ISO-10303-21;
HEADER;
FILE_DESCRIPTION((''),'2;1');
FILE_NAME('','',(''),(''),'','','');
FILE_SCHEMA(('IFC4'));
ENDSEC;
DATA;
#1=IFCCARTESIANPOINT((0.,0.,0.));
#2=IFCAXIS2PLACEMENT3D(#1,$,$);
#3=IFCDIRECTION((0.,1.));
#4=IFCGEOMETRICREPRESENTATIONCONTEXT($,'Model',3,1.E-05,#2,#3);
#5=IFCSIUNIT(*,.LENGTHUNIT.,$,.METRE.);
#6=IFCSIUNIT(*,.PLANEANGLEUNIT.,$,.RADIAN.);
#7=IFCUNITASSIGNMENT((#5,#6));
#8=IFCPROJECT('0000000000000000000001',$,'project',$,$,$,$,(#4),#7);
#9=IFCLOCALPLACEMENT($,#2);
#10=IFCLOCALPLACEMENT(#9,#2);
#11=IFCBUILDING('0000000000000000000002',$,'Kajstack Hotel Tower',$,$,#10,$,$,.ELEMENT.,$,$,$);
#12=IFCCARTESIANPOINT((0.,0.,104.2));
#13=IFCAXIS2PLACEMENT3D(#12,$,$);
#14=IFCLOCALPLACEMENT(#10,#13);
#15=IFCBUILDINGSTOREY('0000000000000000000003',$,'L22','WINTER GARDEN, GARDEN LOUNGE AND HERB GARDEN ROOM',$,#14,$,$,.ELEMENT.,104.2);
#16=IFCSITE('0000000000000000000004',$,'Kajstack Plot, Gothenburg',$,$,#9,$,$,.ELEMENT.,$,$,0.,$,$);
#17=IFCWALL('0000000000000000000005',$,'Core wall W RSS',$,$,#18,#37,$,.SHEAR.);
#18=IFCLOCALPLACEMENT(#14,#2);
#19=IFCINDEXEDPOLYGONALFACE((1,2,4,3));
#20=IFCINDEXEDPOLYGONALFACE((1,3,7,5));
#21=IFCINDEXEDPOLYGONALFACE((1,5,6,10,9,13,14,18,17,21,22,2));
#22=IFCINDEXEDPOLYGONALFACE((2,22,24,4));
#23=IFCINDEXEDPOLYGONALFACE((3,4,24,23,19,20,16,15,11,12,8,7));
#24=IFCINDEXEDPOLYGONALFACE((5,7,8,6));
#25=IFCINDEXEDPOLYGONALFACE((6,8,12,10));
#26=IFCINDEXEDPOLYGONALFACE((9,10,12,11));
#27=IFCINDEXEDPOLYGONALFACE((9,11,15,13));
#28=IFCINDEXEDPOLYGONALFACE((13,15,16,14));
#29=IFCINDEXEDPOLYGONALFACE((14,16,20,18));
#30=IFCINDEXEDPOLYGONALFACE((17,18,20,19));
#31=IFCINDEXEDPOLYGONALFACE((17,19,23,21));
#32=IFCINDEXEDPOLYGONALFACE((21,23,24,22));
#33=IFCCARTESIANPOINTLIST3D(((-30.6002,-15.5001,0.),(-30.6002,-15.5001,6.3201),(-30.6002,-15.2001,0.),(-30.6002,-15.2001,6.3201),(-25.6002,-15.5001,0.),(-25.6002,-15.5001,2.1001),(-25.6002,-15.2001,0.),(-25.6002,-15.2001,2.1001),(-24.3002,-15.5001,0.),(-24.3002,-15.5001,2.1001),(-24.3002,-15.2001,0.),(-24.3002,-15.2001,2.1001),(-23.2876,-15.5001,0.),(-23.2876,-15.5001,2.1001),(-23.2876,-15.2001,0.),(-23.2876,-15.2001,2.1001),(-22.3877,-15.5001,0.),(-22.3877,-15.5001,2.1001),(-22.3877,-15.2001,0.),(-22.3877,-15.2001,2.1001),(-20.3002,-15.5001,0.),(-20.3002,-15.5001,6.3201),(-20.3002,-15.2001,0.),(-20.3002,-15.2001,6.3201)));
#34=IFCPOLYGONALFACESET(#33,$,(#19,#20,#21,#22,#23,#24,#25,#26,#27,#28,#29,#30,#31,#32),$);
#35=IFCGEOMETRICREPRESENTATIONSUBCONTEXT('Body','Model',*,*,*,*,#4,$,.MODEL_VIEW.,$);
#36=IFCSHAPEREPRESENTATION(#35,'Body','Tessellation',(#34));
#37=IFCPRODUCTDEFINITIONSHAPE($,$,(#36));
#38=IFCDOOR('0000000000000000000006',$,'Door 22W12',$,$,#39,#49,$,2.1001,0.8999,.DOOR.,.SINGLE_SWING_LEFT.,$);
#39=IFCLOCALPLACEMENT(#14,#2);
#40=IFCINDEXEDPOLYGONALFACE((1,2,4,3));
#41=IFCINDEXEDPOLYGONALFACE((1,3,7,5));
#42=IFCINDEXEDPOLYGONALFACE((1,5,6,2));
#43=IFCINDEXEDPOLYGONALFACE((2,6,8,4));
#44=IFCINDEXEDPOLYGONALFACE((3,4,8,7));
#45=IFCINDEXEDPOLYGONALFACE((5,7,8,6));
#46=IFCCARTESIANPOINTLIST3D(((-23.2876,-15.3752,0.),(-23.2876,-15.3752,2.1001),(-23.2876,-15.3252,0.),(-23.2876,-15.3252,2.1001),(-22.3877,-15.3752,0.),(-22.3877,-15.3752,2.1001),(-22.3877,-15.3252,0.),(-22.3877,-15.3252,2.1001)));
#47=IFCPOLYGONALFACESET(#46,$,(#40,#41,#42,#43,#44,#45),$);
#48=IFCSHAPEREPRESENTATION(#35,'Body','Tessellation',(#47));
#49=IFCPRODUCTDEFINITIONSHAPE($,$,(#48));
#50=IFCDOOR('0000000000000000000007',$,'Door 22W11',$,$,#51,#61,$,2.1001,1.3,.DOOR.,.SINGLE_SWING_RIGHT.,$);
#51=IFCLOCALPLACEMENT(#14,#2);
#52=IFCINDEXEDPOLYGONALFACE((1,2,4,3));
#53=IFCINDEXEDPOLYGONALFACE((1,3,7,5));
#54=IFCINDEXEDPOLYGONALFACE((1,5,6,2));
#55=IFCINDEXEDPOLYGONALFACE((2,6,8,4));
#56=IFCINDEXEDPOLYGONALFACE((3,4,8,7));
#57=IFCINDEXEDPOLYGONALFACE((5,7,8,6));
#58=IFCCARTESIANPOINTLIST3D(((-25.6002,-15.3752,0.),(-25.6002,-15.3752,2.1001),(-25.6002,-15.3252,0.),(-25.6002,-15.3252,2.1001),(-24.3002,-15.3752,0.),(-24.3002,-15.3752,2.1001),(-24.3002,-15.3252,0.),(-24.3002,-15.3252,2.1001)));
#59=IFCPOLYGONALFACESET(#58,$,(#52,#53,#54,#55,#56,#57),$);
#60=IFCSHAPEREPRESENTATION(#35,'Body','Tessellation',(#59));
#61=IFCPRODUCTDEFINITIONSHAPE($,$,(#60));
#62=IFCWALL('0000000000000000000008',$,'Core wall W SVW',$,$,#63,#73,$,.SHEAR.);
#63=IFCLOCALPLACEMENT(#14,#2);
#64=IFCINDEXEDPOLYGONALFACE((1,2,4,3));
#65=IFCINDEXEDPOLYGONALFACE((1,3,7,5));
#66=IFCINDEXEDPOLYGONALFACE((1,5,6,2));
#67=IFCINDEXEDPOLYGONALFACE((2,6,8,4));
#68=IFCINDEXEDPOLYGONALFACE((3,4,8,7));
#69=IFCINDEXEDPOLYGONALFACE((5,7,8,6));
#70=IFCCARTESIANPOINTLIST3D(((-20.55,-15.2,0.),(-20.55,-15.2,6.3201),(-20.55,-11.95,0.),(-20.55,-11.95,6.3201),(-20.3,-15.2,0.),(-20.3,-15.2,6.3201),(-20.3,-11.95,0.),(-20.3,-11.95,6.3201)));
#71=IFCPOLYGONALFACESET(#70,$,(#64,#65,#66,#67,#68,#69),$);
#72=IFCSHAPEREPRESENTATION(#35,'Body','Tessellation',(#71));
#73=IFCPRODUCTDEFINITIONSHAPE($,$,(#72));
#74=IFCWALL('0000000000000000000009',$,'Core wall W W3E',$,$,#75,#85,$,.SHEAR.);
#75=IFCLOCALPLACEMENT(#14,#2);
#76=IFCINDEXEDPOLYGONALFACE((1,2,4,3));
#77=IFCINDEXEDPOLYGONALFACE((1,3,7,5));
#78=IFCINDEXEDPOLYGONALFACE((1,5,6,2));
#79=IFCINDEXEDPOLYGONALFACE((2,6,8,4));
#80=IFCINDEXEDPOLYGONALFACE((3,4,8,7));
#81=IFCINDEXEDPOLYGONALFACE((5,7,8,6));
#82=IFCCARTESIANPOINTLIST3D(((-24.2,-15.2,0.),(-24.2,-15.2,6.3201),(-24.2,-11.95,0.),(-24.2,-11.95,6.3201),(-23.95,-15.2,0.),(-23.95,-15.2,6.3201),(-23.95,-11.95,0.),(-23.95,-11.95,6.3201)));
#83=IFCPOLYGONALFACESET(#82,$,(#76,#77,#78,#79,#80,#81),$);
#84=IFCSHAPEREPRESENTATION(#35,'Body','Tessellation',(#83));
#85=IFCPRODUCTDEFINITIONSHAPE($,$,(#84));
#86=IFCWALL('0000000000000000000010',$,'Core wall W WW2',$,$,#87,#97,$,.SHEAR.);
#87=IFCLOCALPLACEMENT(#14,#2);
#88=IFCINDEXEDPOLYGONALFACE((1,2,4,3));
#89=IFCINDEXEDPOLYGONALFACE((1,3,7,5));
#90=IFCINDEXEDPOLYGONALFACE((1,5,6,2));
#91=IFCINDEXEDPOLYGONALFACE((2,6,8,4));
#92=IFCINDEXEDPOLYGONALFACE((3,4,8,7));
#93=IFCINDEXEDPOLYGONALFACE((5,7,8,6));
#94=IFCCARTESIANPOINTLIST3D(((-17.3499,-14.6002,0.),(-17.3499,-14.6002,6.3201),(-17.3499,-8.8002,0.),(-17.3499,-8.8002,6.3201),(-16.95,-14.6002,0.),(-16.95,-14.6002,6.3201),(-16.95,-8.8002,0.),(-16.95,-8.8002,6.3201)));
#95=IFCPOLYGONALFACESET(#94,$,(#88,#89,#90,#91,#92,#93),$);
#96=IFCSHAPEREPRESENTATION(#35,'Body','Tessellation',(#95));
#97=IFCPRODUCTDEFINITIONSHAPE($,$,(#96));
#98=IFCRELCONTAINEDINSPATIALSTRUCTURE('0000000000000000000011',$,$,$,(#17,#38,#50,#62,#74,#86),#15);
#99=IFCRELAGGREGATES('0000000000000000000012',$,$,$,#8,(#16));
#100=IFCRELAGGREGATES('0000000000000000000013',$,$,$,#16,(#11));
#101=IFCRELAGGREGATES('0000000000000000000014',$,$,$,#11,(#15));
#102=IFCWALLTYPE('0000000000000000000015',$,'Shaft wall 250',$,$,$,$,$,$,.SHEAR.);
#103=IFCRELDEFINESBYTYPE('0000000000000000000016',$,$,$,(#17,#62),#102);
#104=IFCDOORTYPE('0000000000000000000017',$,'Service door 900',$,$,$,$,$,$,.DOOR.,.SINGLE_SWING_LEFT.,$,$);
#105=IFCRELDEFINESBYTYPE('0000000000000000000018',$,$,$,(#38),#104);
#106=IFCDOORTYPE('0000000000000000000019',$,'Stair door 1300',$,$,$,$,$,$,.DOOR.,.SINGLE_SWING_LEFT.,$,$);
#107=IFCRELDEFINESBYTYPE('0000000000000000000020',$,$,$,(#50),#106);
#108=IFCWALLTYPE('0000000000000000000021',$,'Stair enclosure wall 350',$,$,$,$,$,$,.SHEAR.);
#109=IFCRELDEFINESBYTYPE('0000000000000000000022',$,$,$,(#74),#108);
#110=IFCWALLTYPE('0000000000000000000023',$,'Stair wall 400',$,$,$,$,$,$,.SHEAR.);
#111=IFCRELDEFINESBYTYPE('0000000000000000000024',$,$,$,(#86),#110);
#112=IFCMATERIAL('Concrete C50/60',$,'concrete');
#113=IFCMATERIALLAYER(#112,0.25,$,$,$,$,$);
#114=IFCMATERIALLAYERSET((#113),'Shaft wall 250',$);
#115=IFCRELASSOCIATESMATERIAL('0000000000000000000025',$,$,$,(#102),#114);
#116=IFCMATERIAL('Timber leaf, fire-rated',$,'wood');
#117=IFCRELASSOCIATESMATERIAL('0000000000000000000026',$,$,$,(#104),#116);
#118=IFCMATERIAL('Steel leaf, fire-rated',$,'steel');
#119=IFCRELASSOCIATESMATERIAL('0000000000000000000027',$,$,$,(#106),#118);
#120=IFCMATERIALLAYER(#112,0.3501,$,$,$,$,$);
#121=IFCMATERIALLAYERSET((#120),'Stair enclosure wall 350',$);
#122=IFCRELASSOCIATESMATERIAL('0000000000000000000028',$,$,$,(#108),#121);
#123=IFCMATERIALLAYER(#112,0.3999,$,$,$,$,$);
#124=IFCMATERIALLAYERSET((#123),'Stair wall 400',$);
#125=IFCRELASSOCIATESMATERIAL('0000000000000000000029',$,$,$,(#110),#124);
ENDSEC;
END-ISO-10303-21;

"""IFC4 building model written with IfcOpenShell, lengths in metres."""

from ifc_helpers import new_model, si_unit, direction, frame, frame_2d, origin, place, context, subcontext, project, spatial, rectangle, extrude, material, layer, layer_set, type_object, element, fill, save


model = new_model("IFC4")

# Units and contexts
model_context = context("Model", 3, precision=1e-05, world=origin(), true_north=direction((0.0, 1.0)))
body_context = subcontext(model_context, "Body", "Model", "MODEL_VIEW")
ifc_project = project(units=[si_unit("LENGTHUNIT", "METRE"), si_unit("PLANEANGLEUNIT", "RADIAN")], contexts=[model_context])

# Site, building, storey
site_placement = place(None, origin())
site = spatial("IfcSite", under=ifc_project, at=site_placement, Name="Kajstack Plot, Gothenburg", CompositionType="ELEMENT", RefElevation=0.0)
building_placement = place(site_placement, origin())
building = spatial("IfcBuilding", under=site, at=building_placement, Name="Kajstack Hotel Tower", CompositionType="ELEMENT")
storey_placement = place(building_placement, frame((0.0, 0.0, 104.2)))
storey = spatial("IfcBuildingStorey", under=building, at=storey_placement, Name="L22", Description="WINTER GARDEN, GARDEN LOUNGE AND HERB GARDEN ROOM", CompositionType="ELEMENT", Elevation=104.2)

# Wall, openings, doors
ifc_material_1 = material(Name="Concrete C50/60", Category="concrete")
ifc_layer_1 = layer(ifc_material_1, 0.25)
ifc_layer_set_1 = layer_set([ifc_layer_1], Name="Shaft wall 250")
wall_type_1 = type_object("IfcWallType", Name="Shaft wall 250", PredefinedType="SHEAR", material=ifc_layer_set_1)
wall_1_placement = place(storey_placement, frame((-30.6001, -15.3501, 0.0), z_axis=(0.0, 0.0, 1.0), x_axis=(1.0, 0.0, 0.0)))
wall_1 = element("IfcWall", 1, at=wall_1_placement, inside=storey, type_object=wall_type_1, Name="Core wall W RSS", PredefinedType="SHEAR", context=body_context, shape_type="SweptSolid", body=[
    extrude(rectangle(XDim=10.3, YDim=0.3, at=frame_2d((5.1499, 0.0))), origin(), (0.0, 0.0, 1.0), 6.3201),
])
opening_1_placement = place(wall_1_placement, frame((5.0, 0.0, 0.0)))
opening_1 = element("IfcOpeningElement", 2, at=opening_1_placement, cuts=wall_1, PredefinedType="OPENING", context=body_context, shape_type="SweptSolid", body=[
    extrude(rectangle(XDim=1.3, YDim=2.1001, at=frame_2d((0.6499, 1.05))), frame((0.0, 0.1599, 0.0), z_axis=(0.0, -1.0, 0.0), x_axis=(1.0, 0.0, 0.0)), (0.0, 0.0, 1.0), 0.3201),
])
opening_2_placement = place(wall_1_placement, frame((7.3125, 0.0, 0.0)))
opening_2 = element("IfcOpeningElement", 3, at=opening_2_placement, cuts=wall_1, PredefinedType="OPENING", context=body_context, shape_type="SweptSolid", body=[
    extrude(rectangle(XDim=0.8999, YDim=2.1001, at=frame_2d((0.45, 1.05))), frame((0.0, 0.1599, 0.0), z_axis=(0.0, -1.0, 0.0), x_axis=(1.0, 0.0, 0.0)), (0.0, 0.0, 1.0), 0.3201),
])
ifc_material_2 = material(Name="Timber leaf, fire-rated", Category="wood")
door_type_1 = type_object("IfcDoorType", Name="Service door 900", OperationType="SINGLE_SWING_LEFT", PredefinedType="DOOR", material=ifc_material_2)
door_1_placement = place(opening_2_placement, origin())
door_1 = element("IfcDoor", 4, at=door_1_placement, inside=storey, type_object=door_type_1, Name="Door 22W12", OperationType="SINGLE_SWING_LEFT", OverallHeight=2.1001, OverallWidth=0.8999, PredefinedType="DOOR", context=body_context, shape_type="SweptSolid", body=[
    extrude(rectangle(XDim=0.8999, YDim=2.1001, at=frame_2d((0.45, 1.05))), frame((0.0, 0.0249, 0.0), z_axis=(0.0, -1.0, 0.0), x_axis=(1.0, 0.0, 0.0)), (0.0, 0.0, 1.0), 0.05),
])
fill(opening_2, door_1)
ifc_material_3 = material(Name="Steel leaf, fire-rated", Category="steel")
door_type_2 = type_object("IfcDoorType", Name="Stair door 1300", OperationType="SINGLE_SWING_LEFT", PredefinedType="DOOR", material=ifc_material_3)
door_2_placement = place(opening_1_placement, origin())
door_2 = element("IfcDoor", 5, at=door_2_placement, inside=storey, type_object=door_type_2, Name="Door 22W11", OperationType="SINGLE_SWING_RIGHT", OverallHeight=2.1001, OverallWidth=1.3, PredefinedType="DOOR", context=body_context, shape_type="SweptSolid", body=[
    extrude(rectangle(XDim=1.3, YDim=2.1001, at=frame_2d((0.6499, 1.05))), frame((0.0, 0.0249, 0.0), z_axis=(0.0, -1.0, 0.0), x_axis=(1.0, 0.0, 0.0)), (0.0, 0.0, 1.0), 0.05),
])
fill(opening_1, door_2)

# Walls
wall_2_placement = place(storey_placement, frame((-20.425, -15.2, 0.0), z_axis=(0.0, 0.0, 1.0), x_axis=(0.0, 1.0, 0.0)))
element("IfcWall", 6, at=wall_2_placement, inside=storey, type_object=wall_type_1, Name="Core wall W SVW", PredefinedType="SHEAR", context=body_context, shape_type="SweptSolid", body=[
    extrude(rectangle(XDim=3.25, YDim=0.25, at=frame_2d((1.625, 0.0))), origin(), (0.0, 0.0, 1.0), 6.3201),
])
ifc_layer_2 = layer(ifc_material_1, 0.3501)
ifc_layer_set_2 = layer_set([ifc_layer_2], Name="Stair enclosure wall 350")
wall_type_2 = type_object("IfcWallType", Name="Stair enclosure wall 350", PredefinedType="SHEAR", material=ifc_layer_set_2)
wall_3_placement = place(storey_placement, frame((-24.075, -15.2, 0.0), z_axis=(0.0, 0.0, 1.0), x_axis=(0.0, 1.0, 0.0)))
element("IfcWall", 7, at=wall_3_placement, inside=storey, type_object=wall_type_2, Name="Core wall W W3E", PredefinedType="SHEAR", context=body_context, shape_type="SweptSolid", body=[
    extrude(rectangle(XDim=3.25, YDim=0.25, at=frame_2d((1.625, 0.0))), origin(), (0.0, 0.0, 1.0), 6.3201),
])
ifc_layer_3 = layer(ifc_material_1, 0.3999)
ifc_layer_set_3 = layer_set([ifc_layer_3], Name="Stair wall 400")
wall_type_3 = type_object("IfcWallType", Name="Stair wall 400", PredefinedType="SHEAR", material=ifc_layer_set_3)
wall_4_placement = place(storey_placement, frame((-17.1499, -14.6001, 0.0), z_axis=(0.0, 0.0, 1.0), x_axis=(0.0, 1.0, 0.0)))
element("IfcWall", 8, at=wall_4_placement, inside=storey, type_object=wall_type_3, Name="Core wall W WW2", PredefinedType="SHEAR", context=body_context, shape_type="SweptSolid", body=[
    extrude(rectangle(XDim=5.8, YDim=0.3999, at=frame_2d((2.8999, 0.0))), origin(), (0.0, 0.0, 1.0), 6.3201),
])

save(model, "model.ifc")
